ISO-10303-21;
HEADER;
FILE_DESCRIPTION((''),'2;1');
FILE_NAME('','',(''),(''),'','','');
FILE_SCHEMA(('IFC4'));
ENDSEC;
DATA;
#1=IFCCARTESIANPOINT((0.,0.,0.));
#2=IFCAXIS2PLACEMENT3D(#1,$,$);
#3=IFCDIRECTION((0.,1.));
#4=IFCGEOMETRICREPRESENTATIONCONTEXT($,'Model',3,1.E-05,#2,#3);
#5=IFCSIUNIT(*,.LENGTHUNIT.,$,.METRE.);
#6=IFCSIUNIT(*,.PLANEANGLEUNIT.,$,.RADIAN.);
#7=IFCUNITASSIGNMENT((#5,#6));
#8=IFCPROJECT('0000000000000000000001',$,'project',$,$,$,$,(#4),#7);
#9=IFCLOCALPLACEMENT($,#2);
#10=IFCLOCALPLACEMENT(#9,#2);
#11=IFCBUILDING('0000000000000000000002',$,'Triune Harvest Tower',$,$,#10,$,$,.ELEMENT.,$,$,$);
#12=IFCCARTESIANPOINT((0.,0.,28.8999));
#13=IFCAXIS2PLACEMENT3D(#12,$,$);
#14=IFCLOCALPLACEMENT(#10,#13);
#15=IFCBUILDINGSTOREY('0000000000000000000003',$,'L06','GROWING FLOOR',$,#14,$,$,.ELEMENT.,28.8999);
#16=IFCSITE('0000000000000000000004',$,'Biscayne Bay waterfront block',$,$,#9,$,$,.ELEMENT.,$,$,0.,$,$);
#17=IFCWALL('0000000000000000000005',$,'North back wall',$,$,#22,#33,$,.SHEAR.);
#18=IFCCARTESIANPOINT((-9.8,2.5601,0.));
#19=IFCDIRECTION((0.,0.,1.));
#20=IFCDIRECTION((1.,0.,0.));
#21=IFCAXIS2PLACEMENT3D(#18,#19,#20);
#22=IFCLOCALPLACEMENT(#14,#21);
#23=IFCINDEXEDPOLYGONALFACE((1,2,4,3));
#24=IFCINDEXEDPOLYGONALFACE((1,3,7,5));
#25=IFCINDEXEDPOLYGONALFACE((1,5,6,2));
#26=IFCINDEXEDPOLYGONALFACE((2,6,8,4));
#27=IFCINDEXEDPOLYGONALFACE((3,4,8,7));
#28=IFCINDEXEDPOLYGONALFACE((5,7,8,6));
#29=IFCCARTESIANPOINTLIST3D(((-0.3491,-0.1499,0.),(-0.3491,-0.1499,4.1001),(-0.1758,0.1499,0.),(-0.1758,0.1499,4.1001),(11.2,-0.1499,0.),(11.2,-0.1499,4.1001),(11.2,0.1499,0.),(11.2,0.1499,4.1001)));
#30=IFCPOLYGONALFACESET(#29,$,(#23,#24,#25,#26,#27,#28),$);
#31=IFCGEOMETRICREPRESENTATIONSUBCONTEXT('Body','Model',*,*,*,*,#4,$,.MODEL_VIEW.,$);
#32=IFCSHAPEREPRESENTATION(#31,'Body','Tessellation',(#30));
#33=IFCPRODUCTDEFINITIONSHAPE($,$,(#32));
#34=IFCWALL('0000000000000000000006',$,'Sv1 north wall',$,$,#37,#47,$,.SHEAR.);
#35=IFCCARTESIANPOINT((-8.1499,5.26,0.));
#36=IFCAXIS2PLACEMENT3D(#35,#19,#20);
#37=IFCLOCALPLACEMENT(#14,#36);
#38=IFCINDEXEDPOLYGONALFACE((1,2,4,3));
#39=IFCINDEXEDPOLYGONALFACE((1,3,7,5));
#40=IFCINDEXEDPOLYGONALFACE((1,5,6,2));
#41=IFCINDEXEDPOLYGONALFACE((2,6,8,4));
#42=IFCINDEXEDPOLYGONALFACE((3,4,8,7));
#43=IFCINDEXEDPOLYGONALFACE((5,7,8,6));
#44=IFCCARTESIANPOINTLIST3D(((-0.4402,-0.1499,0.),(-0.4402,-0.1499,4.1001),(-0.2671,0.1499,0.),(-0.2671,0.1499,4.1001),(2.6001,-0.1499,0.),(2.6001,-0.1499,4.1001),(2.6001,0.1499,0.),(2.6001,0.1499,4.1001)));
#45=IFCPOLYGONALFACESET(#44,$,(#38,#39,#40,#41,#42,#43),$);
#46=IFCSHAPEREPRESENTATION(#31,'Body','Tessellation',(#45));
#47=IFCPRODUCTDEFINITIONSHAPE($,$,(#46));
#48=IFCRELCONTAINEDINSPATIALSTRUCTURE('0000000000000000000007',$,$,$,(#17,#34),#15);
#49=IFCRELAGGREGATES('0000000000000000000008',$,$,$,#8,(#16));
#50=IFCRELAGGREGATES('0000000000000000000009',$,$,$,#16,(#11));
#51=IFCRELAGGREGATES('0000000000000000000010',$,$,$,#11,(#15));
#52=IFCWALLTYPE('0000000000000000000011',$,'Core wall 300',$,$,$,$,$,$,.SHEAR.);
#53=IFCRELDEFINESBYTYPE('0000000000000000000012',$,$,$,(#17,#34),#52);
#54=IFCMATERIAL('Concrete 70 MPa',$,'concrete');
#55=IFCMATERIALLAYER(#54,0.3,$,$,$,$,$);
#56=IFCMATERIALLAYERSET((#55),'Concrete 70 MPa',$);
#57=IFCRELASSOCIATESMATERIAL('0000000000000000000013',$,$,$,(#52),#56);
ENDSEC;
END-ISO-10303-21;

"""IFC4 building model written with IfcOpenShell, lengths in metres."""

from ifc_helpers import new_model, si_unit, direction, frame, origin, place, context, subcontext, project, spatial, polyline, outline, extrude, source, transform, mapped, material, layer, layer_set, type_object, element, save


model = new_model("IFC4")

# Units and contexts
model_context = context("Model", 3, precision=1e-05, world=origin(), true_north=direction((0.0, 1.0)))
body_context = subcontext(model_context, "Body", "Model", "MODEL_VIEW")
ifc_project = project(units=[si_unit("LENGTHUNIT", "METRE"), si_unit("PLANEANGLEUNIT", "RADIAN")], contexts=[model_context])

# Site, building, storey
site_placement = place(None, origin())
site = spatial("IfcSite", under=ifc_project, at=site_placement, Name="Biscayne Bay waterfront block", CompositionType="ELEMENT", RefElevation=0.0)
building_placement = place(site_placement, origin())
building = spatial("IfcBuilding", under=site, at=building_placement, Name="Triune Harvest Tower", CompositionType="ELEMENT")
storey_placement = place(building_placement, frame((0.0, 0.0, 28.8999)))
storey = spatial("IfcBuildingStorey", under=building, at=storey_placement, Name="L06", Description="GROWING FLOOR", CompositionType="ELEMENT", Elevation=28.8999)

# Shared definitions
ifc_material_1 = material(Name="Concrete 70 MPa", Category="concrete")
ifc_layer_1 = layer(ifc_material_1, 0.3)
ifc_layer_set_1 = layer_set([ifc_layer_1], Name="Concrete 70 MPa")
wall_type = type_object("IfcWallType", Name="Core wall 300", PredefinedType="SHEAR", material=ifc_layer_set_1)

# Wall
shared_shape_1 = source(origin(), body_context, "Body", "SweptSolid", [
    extrude(outline(polyline([(11.2, -0.1499), (-0.3491, -0.1499), (-0.1758, 0.1499), (11.2, 0.1499), (11.2, -0.1499)])), origin(), (0.0, 0.0, 1.0), 4.1001),
])
wall_1_placement = place(storey_placement, frame((-9.8, 2.5601, 0.0), z_axis=(0.0, 0.0, 1.0), x_axis=(1.0, 0.0, 0.0)))
element("IfcWall", 1, at=wall_1_placement, inside=storey, type_object=wall_type, Name="North back wall", PredefinedType="SHEAR", context=body_context, shape_type="MappedRepresentation", body=[
    mapped(shared_shape_1, transform((0.0, 0.0, 0.0), scale=1.0)),
])

# Wall
shared_shape_2 = source(origin(), body_context, "Body", "SweptSolid", [
    extrude(outline(polyline([(2.6001, -0.1499), (-0.4402, -0.1499), (-0.2671, 0.1499), (2.6001, 0.1499), (2.6001, -0.1499)])), origin(), (0.0, 0.0, 1.0), 4.1001),
])
wall_2_placement = place(storey_placement, frame((-8.1499, 5.26, 0.0), z_axis=(0.0, 0.0, 1.0), x_axis=(1.0, 0.0, 0.0)))
element("IfcWall", 2, at=wall_2_placement, inside=storey, type_object=wall_type, Name="Sv1 north wall", PredefinedType="SHEAR", context=body_context, shape_type="MappedRepresentation", body=[
    mapped(shared_shape_2, transform((0.0, 0.0, 0.0), scale=1.0)),
])

save(model, "model.ifc")
